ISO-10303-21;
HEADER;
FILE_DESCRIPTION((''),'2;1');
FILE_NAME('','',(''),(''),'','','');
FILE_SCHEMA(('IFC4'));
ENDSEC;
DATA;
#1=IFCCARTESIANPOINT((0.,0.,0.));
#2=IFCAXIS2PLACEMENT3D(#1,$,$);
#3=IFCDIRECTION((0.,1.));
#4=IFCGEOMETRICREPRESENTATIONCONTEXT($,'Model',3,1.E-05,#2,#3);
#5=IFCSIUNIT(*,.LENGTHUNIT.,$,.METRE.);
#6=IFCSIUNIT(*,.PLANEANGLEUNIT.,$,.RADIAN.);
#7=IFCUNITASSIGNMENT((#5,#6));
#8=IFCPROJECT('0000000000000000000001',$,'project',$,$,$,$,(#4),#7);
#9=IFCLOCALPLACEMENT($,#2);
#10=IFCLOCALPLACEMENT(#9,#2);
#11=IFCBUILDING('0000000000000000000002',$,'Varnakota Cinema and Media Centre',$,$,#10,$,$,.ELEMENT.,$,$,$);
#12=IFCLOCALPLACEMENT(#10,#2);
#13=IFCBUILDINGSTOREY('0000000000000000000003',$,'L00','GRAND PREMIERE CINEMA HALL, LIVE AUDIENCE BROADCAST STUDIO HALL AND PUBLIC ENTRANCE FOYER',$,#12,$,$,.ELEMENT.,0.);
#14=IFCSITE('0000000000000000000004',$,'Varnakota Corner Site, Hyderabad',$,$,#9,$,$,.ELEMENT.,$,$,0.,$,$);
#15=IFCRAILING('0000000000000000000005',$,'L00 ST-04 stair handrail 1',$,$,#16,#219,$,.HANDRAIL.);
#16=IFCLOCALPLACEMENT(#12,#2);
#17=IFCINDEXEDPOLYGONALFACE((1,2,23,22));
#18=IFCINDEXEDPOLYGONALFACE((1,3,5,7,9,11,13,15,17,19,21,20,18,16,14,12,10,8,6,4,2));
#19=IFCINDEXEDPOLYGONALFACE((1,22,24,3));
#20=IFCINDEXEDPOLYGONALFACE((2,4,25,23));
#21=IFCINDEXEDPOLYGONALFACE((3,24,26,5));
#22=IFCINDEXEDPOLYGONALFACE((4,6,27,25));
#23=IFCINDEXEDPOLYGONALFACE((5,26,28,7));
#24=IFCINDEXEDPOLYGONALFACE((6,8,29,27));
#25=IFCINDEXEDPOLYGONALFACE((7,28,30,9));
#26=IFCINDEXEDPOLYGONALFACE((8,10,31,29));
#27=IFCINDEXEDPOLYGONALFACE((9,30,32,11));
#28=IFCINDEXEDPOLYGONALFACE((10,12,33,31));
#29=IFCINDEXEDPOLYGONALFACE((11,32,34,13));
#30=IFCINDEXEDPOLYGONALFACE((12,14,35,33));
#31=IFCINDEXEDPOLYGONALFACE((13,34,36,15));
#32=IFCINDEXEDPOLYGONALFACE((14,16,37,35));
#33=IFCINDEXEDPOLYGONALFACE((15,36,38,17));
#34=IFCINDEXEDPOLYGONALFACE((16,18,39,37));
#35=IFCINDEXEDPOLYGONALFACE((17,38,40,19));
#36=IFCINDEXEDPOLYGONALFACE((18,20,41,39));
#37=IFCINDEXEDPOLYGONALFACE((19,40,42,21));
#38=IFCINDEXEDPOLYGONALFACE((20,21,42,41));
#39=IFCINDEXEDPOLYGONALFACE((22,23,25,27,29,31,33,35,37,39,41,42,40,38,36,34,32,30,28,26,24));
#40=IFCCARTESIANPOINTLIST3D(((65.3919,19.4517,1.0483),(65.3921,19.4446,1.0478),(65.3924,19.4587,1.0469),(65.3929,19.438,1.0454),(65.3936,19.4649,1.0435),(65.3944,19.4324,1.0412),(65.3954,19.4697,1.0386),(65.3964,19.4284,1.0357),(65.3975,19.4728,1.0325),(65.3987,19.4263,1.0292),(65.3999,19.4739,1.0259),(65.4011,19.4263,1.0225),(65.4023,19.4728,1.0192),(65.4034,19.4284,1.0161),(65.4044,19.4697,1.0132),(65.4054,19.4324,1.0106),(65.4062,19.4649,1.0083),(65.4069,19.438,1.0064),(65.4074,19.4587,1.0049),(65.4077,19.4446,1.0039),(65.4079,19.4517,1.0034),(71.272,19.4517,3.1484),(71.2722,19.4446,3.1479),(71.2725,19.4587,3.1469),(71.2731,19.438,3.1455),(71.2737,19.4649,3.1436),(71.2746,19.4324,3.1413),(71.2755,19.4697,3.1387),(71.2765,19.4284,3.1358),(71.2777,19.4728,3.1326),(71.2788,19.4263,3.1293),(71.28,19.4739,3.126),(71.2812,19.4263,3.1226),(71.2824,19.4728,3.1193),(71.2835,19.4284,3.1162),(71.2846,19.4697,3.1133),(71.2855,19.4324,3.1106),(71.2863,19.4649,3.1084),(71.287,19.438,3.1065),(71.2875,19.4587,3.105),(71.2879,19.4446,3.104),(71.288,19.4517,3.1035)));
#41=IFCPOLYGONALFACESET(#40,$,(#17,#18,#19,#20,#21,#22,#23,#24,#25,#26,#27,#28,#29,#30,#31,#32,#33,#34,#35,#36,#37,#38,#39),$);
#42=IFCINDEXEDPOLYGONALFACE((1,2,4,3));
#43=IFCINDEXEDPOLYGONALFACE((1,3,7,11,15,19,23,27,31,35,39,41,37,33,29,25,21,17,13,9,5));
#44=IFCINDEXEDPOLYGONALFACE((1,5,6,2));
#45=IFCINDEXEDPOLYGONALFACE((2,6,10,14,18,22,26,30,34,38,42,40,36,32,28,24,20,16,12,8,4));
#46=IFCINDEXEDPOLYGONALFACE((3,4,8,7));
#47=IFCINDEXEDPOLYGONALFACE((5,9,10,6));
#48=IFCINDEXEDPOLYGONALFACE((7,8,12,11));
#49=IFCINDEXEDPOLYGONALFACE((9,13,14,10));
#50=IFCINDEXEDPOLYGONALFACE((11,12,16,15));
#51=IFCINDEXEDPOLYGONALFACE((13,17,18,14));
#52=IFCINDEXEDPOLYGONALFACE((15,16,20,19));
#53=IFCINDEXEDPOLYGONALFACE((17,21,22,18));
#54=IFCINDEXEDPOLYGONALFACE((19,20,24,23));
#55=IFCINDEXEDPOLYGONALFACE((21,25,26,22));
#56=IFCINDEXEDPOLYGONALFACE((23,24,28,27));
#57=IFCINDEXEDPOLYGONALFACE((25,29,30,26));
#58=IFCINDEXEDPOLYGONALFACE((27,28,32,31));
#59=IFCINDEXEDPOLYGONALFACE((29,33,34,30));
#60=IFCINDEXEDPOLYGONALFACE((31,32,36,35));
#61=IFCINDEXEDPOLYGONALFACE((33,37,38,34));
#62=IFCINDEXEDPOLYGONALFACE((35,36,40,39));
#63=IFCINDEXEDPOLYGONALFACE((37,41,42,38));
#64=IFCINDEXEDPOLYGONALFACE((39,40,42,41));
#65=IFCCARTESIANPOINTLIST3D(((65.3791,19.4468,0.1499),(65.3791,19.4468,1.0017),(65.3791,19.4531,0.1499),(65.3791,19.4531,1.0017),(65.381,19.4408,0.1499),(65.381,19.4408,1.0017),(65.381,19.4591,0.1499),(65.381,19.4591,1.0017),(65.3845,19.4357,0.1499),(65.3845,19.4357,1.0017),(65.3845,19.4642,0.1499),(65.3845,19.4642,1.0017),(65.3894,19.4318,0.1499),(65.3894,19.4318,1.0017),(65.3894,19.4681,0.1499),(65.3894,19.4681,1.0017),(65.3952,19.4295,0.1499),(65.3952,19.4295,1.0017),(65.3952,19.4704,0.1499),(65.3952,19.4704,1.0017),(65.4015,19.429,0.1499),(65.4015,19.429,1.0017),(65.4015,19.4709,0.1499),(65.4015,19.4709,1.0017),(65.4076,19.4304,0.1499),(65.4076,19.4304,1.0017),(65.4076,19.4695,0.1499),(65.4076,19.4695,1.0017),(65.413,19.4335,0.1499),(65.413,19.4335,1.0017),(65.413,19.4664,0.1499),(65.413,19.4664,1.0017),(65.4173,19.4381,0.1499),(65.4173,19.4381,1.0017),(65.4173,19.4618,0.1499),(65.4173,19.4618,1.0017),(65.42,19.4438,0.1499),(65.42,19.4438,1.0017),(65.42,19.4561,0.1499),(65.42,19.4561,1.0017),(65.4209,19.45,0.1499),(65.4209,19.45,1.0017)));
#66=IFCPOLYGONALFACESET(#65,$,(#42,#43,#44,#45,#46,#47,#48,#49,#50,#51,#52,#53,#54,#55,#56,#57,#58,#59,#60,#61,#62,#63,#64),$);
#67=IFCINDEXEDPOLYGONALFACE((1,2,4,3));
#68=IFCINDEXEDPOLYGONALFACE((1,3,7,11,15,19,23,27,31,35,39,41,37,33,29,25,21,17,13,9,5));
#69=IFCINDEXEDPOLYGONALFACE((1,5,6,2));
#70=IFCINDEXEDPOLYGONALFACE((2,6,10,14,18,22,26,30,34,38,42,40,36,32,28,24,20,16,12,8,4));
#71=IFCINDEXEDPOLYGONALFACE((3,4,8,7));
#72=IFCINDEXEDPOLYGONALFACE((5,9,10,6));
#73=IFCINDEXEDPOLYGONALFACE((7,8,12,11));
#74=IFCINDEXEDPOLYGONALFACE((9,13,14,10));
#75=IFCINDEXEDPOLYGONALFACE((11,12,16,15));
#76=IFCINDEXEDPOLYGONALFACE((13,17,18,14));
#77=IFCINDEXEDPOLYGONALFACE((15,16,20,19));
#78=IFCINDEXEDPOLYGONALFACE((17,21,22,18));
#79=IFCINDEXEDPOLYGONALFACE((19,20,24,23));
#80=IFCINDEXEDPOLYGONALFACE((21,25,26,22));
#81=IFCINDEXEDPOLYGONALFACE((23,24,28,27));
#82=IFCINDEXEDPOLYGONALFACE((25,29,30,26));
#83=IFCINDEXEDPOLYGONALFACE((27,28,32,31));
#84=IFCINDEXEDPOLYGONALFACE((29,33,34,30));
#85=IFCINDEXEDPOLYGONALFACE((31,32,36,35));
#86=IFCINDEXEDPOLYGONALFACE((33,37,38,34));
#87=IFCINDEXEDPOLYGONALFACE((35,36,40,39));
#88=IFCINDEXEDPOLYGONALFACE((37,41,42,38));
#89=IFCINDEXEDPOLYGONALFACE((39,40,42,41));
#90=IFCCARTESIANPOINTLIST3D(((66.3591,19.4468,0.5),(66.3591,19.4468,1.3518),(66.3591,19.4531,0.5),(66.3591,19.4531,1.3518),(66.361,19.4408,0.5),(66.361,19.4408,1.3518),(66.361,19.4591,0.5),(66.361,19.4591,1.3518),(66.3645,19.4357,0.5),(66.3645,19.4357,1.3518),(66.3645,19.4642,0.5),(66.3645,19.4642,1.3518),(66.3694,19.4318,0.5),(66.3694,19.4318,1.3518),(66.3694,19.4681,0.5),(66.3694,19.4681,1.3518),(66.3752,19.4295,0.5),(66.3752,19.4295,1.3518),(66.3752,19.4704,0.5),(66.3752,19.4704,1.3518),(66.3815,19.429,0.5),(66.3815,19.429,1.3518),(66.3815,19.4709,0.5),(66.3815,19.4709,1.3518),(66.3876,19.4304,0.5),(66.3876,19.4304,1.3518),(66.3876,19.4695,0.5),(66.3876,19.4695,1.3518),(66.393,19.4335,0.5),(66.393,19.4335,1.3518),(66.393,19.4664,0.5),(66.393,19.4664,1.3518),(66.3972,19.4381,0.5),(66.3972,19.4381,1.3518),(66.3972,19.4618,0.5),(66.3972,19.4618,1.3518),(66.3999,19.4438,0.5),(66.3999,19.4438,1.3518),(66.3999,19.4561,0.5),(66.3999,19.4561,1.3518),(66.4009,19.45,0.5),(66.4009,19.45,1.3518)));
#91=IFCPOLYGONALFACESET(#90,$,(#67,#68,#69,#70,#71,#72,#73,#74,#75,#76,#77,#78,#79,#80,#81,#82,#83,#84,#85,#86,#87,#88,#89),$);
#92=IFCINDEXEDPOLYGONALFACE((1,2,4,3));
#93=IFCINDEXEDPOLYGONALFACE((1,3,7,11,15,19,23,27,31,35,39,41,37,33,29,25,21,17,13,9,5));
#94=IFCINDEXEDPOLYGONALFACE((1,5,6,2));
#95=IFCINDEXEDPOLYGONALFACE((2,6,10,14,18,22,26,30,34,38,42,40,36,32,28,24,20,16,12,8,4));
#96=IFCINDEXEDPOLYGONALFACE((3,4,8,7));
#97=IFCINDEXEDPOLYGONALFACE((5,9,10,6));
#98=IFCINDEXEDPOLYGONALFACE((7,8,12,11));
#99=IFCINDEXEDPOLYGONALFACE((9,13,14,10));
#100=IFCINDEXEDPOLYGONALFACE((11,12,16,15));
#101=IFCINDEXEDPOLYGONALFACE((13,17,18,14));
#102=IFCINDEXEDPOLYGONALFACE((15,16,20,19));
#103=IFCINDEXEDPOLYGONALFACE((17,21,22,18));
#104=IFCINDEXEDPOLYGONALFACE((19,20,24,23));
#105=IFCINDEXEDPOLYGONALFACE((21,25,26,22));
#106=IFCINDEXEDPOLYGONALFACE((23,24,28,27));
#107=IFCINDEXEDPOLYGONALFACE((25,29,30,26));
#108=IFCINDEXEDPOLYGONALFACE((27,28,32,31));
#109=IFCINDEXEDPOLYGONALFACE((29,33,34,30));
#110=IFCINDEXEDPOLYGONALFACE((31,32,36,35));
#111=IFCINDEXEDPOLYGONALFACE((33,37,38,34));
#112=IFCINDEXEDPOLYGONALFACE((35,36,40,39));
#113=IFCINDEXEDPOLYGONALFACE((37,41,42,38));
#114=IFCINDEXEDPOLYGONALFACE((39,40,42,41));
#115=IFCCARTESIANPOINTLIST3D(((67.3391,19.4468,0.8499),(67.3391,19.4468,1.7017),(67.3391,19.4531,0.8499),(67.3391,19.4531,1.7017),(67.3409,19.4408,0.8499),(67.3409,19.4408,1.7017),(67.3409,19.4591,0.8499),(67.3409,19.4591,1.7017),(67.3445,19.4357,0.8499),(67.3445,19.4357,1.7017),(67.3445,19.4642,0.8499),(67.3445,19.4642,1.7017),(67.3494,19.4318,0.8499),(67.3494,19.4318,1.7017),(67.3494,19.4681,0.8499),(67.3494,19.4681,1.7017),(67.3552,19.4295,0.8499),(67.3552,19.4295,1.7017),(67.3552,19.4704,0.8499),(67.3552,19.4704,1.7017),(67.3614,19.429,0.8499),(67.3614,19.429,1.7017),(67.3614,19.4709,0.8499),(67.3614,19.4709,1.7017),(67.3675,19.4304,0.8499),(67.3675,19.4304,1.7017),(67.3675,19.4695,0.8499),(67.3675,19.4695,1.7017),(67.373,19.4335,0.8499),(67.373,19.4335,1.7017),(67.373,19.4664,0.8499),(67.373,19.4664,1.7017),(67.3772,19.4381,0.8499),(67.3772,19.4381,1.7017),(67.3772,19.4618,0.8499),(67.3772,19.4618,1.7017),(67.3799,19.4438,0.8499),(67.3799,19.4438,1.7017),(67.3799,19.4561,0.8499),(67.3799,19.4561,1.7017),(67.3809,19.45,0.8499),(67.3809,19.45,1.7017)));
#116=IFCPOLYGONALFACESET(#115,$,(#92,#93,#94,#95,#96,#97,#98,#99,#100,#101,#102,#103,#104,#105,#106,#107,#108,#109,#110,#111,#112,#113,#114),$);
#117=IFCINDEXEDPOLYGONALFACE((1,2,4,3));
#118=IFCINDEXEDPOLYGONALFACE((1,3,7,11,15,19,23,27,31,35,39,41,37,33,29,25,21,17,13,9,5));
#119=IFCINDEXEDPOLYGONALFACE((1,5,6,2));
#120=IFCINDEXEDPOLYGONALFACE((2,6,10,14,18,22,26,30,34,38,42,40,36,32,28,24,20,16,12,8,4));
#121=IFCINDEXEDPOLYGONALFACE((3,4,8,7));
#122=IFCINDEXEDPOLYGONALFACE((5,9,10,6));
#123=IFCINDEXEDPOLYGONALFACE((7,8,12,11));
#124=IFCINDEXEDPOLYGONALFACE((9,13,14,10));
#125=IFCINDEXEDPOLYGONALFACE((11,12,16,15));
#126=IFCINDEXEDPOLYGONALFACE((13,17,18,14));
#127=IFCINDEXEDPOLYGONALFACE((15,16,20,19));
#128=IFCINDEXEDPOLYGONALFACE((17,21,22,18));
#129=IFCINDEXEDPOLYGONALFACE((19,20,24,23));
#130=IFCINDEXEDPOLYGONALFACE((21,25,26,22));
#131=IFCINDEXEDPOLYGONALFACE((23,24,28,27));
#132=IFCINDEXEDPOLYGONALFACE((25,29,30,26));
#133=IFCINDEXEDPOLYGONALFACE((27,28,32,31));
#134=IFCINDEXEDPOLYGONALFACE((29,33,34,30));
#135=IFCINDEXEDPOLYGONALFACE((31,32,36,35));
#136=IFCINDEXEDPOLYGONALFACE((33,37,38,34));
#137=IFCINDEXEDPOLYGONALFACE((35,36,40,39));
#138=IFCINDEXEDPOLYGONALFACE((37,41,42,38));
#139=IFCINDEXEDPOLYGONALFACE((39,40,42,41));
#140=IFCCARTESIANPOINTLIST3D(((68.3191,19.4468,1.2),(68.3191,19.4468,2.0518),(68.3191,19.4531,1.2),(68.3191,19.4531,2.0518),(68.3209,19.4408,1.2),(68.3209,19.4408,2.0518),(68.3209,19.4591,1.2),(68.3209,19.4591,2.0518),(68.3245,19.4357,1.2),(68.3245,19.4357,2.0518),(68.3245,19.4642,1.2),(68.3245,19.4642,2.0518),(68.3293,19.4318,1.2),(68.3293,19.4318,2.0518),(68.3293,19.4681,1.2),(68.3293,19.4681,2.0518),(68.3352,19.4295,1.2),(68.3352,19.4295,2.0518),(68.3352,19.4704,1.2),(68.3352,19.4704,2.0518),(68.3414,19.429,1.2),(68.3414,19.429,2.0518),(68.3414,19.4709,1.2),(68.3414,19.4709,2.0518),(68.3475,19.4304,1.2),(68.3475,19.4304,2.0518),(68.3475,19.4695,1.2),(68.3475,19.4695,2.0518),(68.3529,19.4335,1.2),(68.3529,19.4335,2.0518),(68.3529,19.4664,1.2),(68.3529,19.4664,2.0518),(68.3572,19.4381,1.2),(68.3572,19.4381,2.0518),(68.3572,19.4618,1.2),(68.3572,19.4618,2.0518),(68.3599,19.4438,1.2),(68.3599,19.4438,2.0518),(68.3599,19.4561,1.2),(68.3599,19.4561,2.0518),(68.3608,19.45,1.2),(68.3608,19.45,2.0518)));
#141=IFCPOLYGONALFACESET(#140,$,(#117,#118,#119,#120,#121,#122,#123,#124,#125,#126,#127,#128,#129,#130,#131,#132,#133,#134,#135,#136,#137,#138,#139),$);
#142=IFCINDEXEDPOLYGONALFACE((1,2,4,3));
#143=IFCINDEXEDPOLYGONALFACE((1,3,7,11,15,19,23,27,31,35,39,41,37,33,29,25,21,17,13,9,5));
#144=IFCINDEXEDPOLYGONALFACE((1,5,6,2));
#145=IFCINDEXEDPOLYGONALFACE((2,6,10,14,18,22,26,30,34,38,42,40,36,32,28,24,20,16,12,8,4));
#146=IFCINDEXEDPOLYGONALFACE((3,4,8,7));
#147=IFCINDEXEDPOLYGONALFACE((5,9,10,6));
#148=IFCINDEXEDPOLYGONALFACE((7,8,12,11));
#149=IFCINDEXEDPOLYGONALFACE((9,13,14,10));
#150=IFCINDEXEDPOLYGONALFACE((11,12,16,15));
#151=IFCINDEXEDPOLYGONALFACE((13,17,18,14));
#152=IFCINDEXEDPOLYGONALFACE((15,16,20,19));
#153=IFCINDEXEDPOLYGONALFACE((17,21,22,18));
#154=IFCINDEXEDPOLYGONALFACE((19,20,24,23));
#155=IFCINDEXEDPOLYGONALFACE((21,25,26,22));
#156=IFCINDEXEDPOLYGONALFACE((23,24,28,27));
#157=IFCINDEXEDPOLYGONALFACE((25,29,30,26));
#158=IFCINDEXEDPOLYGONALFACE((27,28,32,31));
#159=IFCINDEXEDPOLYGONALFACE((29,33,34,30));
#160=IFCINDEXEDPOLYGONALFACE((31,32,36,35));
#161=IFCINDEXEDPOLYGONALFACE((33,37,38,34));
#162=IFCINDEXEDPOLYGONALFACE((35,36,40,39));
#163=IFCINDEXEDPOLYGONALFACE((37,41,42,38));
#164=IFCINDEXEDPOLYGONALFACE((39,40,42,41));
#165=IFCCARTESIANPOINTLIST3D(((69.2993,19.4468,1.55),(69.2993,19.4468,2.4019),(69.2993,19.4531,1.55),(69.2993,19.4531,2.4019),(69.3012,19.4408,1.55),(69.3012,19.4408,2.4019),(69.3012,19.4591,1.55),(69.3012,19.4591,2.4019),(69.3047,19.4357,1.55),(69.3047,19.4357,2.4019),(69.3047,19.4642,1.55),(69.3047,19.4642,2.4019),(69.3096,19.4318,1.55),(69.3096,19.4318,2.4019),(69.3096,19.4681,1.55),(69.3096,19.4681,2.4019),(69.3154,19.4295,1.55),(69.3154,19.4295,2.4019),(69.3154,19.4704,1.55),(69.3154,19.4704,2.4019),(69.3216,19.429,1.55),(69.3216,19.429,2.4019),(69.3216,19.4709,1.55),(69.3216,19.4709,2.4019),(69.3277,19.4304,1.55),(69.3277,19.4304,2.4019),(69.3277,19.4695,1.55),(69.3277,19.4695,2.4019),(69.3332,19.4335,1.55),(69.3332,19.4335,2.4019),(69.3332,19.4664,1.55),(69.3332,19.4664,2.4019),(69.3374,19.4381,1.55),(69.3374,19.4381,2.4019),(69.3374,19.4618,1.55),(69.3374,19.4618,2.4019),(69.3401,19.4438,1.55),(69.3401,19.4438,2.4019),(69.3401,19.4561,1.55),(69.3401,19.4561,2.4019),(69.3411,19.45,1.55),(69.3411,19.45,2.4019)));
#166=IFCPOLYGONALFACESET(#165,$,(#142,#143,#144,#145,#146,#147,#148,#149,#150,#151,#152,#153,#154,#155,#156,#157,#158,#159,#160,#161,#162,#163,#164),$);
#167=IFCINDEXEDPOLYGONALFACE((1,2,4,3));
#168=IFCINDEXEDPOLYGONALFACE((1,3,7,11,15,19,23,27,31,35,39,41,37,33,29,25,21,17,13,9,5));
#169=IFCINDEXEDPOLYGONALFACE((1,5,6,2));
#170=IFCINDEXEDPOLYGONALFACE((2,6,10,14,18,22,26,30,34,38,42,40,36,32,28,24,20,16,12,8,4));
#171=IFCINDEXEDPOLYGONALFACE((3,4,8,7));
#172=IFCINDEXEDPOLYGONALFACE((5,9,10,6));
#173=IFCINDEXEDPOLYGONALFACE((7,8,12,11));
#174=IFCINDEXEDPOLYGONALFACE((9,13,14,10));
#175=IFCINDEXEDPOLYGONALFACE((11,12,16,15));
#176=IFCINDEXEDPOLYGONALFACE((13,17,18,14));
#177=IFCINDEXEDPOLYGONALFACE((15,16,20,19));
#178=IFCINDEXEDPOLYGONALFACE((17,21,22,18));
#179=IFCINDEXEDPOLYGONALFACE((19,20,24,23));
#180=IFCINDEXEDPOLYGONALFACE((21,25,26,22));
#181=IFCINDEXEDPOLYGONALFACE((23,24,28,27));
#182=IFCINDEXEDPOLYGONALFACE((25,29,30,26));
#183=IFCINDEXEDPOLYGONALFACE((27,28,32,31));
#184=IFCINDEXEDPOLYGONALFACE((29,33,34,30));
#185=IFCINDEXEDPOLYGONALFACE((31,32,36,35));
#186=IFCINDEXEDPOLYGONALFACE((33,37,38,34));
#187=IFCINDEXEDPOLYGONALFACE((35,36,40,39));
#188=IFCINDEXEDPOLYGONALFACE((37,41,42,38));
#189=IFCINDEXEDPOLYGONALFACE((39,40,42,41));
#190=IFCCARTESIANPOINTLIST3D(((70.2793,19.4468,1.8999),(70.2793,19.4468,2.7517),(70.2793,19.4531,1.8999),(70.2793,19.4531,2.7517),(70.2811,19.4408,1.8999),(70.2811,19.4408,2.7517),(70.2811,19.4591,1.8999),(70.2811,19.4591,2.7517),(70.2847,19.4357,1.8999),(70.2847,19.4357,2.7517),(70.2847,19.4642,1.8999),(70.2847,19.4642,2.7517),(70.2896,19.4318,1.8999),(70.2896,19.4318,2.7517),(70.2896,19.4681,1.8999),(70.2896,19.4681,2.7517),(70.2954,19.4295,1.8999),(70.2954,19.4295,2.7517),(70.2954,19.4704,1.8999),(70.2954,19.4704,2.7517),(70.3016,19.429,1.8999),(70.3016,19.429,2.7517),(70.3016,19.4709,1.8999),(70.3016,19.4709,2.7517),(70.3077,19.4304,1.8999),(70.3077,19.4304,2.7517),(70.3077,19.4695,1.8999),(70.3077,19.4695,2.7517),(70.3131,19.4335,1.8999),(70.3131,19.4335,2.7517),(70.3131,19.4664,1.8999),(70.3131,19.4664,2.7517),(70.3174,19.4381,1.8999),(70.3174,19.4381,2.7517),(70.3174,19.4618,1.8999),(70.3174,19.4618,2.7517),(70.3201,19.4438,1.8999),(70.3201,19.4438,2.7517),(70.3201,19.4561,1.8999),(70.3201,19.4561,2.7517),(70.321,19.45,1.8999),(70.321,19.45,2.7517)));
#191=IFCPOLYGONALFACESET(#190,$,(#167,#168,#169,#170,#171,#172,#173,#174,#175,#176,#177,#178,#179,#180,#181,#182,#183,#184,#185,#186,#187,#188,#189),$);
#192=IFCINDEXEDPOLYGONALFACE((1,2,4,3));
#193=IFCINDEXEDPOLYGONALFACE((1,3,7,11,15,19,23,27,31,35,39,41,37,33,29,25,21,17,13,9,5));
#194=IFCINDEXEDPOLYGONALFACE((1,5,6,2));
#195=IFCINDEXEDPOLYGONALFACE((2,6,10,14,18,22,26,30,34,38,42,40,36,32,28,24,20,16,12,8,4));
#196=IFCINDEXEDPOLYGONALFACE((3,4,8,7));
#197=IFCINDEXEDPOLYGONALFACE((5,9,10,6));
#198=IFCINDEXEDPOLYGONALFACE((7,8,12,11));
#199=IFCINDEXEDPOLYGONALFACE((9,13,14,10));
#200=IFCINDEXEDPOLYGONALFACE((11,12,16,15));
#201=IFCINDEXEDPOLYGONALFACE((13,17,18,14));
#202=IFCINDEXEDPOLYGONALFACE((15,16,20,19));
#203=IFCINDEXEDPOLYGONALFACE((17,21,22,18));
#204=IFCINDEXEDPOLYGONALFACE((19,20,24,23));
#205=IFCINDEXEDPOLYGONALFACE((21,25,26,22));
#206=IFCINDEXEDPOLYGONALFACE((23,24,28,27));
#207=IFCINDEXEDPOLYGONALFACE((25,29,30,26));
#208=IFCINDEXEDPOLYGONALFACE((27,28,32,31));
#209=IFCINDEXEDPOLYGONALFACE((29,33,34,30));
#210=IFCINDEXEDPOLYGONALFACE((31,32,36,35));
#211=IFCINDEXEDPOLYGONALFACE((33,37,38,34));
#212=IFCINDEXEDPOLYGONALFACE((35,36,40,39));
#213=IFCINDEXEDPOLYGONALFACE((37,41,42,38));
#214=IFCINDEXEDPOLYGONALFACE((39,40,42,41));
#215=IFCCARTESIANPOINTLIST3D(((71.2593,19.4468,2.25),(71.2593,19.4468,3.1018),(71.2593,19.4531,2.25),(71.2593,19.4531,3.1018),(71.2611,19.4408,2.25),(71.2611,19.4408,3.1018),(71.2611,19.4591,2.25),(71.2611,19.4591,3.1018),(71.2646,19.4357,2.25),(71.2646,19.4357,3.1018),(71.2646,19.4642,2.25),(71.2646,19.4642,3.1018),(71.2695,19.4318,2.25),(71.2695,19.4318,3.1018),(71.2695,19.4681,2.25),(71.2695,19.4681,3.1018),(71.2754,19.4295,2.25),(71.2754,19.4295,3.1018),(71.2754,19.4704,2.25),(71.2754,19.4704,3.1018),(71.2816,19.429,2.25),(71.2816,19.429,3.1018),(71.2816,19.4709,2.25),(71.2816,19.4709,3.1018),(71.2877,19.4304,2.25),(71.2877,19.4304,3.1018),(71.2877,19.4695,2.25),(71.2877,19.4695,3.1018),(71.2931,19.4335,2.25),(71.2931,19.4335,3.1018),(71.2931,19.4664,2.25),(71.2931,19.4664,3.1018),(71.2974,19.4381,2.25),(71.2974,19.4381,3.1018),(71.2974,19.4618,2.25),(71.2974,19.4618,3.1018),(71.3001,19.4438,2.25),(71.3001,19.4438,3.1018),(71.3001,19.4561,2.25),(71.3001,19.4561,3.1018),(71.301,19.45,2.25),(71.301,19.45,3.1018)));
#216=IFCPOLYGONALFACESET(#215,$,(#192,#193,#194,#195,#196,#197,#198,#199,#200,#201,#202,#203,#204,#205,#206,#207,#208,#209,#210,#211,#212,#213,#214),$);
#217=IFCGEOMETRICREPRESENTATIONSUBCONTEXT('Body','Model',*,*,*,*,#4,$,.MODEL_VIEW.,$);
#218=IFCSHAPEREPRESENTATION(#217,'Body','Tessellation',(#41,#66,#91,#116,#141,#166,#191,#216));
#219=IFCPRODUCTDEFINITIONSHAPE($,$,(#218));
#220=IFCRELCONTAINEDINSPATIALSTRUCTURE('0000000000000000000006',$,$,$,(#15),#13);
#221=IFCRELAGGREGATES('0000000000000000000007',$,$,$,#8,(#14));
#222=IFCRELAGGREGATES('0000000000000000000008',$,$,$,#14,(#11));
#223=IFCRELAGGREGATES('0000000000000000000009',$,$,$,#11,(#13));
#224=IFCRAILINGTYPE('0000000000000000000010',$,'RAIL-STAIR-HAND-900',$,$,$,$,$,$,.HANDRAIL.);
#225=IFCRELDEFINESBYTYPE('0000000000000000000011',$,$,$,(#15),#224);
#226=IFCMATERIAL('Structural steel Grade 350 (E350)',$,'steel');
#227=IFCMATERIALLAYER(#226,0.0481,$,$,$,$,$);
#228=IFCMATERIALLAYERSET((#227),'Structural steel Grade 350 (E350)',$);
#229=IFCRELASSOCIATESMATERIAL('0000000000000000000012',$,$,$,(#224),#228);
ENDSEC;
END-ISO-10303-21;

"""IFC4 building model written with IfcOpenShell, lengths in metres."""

from ifc_helpers import new_model, si_unit, direction, frame, origin, origin_2d, place, context, subcontext, project, spatial, circle, extrude, material, layer, layer_set, type_object, element, save


model = new_model("IFC4")

# Units and contexts
model_context = context("Model", 3, precision=1e-05, world=origin(), true_north=direction((0.0, 1.0)))
body_context = subcontext(model_context, "Body", "Model", "MODEL_VIEW")
ifc_project = project(units=[si_unit("LENGTHUNIT", "METRE"), si_unit("PLANEANGLEUNIT", "RADIAN")], contexts=[model_context])

# Site, building, storey
site_placement = place(None, origin())
site = spatial("IfcSite", under=ifc_project, at=site_placement, Name="Varnakota Corner Site, Hyderabad", CompositionType="ELEMENT", RefElevation=0.0)
building_placement = place(site_placement, origin())
building = spatial("IfcBuilding", under=site, at=building_placement, Name="Varnakota Cinema and Media Centre", CompositionType="ELEMENT")
storey_placement = place(building_placement, origin())
storey = spatial("IfcBuildingStorey", under=building, at=storey_placement, Name="L00", Description="GRAND PREMIERE CINEMA HALL, LIVE AUDIENCE BROADCAST STUDIO HALL AND PUBLIC ENTRANCE FOYER", CompositionType="ELEMENT", Elevation=0.0)

# Railing
ifc_material_1 = material(Name="Structural steel Grade 350 (E350)", Category="steel")
ifc_layer_1 = layer(ifc_material_1, 0.0481)
ifc_layer_set_1 = layer_set([ifc_layer_1], Name="Structural steel Grade 350 (E350)")
railing_type_1 = type_object("IfcRailingType", Name="RAIL-STAIR-HAND-900", PredefinedType="HANDRAIL", material=ifc_layer_set_1)
railing_1_placement = place(storey_placement, frame((65.3999, 19.45, 0.1499)))
element("IfcRailing", 1, at=railing_1_placement, inside=storey, type_object=railing_type_1, Name="L00 ST-04 stair handrail 1", PredefinedType="HANDRAIL", context=body_context, shape_type="SweptSolid", body=[
    extrude(circle(Radius=0.0239, at=origin_2d()), frame((0.0, 0.0, 0.876), z_axis=(0.941739, 0.0, 0.336344), x_axis=(0.0, 1.0, 0.0)), (0.0, 0.0, 1.0), 6.2439),
    extrude(circle(Radius=0.021, at=origin_2d()), origin(), (0.0, 0.0, 1.0), 0.8518),
    extrude(circle(Radius=0.021, at=origin_2d()), frame((0.98, 0.0, 0.3501)), (0.0, 0.0, 1.0), 0.8518),
    extrude(circle(Radius=0.021, at=origin_2d()), frame((1.96, 0.0, 0.7)), (0.0, 0.0, 1.0), 0.8518),
    extrude(circle(Radius=0.021, at=origin_2d()), frame((2.9399, 0.0, 1.05)), (0.0, 0.0, 1.0), 0.8518),
    extrude(circle(Radius=0.021, at=origin_2d()), frame((3.9202, 0.0, 1.4001)), (0.0, 0.0, 1.0), 0.8518),
    extrude(circle(Radius=0.021, at=origin_2d()), frame((4.9001, 0.0, 1.75)), (0.0, 0.0, 1.0), 0.8518),
    extrude(circle(Radius=0.021, at=origin_2d()), frame((5.8801, 0.0, 2.1001)), (0.0, 0.0, 1.0), 0.8518),
])

save(model, "model.ifc")
